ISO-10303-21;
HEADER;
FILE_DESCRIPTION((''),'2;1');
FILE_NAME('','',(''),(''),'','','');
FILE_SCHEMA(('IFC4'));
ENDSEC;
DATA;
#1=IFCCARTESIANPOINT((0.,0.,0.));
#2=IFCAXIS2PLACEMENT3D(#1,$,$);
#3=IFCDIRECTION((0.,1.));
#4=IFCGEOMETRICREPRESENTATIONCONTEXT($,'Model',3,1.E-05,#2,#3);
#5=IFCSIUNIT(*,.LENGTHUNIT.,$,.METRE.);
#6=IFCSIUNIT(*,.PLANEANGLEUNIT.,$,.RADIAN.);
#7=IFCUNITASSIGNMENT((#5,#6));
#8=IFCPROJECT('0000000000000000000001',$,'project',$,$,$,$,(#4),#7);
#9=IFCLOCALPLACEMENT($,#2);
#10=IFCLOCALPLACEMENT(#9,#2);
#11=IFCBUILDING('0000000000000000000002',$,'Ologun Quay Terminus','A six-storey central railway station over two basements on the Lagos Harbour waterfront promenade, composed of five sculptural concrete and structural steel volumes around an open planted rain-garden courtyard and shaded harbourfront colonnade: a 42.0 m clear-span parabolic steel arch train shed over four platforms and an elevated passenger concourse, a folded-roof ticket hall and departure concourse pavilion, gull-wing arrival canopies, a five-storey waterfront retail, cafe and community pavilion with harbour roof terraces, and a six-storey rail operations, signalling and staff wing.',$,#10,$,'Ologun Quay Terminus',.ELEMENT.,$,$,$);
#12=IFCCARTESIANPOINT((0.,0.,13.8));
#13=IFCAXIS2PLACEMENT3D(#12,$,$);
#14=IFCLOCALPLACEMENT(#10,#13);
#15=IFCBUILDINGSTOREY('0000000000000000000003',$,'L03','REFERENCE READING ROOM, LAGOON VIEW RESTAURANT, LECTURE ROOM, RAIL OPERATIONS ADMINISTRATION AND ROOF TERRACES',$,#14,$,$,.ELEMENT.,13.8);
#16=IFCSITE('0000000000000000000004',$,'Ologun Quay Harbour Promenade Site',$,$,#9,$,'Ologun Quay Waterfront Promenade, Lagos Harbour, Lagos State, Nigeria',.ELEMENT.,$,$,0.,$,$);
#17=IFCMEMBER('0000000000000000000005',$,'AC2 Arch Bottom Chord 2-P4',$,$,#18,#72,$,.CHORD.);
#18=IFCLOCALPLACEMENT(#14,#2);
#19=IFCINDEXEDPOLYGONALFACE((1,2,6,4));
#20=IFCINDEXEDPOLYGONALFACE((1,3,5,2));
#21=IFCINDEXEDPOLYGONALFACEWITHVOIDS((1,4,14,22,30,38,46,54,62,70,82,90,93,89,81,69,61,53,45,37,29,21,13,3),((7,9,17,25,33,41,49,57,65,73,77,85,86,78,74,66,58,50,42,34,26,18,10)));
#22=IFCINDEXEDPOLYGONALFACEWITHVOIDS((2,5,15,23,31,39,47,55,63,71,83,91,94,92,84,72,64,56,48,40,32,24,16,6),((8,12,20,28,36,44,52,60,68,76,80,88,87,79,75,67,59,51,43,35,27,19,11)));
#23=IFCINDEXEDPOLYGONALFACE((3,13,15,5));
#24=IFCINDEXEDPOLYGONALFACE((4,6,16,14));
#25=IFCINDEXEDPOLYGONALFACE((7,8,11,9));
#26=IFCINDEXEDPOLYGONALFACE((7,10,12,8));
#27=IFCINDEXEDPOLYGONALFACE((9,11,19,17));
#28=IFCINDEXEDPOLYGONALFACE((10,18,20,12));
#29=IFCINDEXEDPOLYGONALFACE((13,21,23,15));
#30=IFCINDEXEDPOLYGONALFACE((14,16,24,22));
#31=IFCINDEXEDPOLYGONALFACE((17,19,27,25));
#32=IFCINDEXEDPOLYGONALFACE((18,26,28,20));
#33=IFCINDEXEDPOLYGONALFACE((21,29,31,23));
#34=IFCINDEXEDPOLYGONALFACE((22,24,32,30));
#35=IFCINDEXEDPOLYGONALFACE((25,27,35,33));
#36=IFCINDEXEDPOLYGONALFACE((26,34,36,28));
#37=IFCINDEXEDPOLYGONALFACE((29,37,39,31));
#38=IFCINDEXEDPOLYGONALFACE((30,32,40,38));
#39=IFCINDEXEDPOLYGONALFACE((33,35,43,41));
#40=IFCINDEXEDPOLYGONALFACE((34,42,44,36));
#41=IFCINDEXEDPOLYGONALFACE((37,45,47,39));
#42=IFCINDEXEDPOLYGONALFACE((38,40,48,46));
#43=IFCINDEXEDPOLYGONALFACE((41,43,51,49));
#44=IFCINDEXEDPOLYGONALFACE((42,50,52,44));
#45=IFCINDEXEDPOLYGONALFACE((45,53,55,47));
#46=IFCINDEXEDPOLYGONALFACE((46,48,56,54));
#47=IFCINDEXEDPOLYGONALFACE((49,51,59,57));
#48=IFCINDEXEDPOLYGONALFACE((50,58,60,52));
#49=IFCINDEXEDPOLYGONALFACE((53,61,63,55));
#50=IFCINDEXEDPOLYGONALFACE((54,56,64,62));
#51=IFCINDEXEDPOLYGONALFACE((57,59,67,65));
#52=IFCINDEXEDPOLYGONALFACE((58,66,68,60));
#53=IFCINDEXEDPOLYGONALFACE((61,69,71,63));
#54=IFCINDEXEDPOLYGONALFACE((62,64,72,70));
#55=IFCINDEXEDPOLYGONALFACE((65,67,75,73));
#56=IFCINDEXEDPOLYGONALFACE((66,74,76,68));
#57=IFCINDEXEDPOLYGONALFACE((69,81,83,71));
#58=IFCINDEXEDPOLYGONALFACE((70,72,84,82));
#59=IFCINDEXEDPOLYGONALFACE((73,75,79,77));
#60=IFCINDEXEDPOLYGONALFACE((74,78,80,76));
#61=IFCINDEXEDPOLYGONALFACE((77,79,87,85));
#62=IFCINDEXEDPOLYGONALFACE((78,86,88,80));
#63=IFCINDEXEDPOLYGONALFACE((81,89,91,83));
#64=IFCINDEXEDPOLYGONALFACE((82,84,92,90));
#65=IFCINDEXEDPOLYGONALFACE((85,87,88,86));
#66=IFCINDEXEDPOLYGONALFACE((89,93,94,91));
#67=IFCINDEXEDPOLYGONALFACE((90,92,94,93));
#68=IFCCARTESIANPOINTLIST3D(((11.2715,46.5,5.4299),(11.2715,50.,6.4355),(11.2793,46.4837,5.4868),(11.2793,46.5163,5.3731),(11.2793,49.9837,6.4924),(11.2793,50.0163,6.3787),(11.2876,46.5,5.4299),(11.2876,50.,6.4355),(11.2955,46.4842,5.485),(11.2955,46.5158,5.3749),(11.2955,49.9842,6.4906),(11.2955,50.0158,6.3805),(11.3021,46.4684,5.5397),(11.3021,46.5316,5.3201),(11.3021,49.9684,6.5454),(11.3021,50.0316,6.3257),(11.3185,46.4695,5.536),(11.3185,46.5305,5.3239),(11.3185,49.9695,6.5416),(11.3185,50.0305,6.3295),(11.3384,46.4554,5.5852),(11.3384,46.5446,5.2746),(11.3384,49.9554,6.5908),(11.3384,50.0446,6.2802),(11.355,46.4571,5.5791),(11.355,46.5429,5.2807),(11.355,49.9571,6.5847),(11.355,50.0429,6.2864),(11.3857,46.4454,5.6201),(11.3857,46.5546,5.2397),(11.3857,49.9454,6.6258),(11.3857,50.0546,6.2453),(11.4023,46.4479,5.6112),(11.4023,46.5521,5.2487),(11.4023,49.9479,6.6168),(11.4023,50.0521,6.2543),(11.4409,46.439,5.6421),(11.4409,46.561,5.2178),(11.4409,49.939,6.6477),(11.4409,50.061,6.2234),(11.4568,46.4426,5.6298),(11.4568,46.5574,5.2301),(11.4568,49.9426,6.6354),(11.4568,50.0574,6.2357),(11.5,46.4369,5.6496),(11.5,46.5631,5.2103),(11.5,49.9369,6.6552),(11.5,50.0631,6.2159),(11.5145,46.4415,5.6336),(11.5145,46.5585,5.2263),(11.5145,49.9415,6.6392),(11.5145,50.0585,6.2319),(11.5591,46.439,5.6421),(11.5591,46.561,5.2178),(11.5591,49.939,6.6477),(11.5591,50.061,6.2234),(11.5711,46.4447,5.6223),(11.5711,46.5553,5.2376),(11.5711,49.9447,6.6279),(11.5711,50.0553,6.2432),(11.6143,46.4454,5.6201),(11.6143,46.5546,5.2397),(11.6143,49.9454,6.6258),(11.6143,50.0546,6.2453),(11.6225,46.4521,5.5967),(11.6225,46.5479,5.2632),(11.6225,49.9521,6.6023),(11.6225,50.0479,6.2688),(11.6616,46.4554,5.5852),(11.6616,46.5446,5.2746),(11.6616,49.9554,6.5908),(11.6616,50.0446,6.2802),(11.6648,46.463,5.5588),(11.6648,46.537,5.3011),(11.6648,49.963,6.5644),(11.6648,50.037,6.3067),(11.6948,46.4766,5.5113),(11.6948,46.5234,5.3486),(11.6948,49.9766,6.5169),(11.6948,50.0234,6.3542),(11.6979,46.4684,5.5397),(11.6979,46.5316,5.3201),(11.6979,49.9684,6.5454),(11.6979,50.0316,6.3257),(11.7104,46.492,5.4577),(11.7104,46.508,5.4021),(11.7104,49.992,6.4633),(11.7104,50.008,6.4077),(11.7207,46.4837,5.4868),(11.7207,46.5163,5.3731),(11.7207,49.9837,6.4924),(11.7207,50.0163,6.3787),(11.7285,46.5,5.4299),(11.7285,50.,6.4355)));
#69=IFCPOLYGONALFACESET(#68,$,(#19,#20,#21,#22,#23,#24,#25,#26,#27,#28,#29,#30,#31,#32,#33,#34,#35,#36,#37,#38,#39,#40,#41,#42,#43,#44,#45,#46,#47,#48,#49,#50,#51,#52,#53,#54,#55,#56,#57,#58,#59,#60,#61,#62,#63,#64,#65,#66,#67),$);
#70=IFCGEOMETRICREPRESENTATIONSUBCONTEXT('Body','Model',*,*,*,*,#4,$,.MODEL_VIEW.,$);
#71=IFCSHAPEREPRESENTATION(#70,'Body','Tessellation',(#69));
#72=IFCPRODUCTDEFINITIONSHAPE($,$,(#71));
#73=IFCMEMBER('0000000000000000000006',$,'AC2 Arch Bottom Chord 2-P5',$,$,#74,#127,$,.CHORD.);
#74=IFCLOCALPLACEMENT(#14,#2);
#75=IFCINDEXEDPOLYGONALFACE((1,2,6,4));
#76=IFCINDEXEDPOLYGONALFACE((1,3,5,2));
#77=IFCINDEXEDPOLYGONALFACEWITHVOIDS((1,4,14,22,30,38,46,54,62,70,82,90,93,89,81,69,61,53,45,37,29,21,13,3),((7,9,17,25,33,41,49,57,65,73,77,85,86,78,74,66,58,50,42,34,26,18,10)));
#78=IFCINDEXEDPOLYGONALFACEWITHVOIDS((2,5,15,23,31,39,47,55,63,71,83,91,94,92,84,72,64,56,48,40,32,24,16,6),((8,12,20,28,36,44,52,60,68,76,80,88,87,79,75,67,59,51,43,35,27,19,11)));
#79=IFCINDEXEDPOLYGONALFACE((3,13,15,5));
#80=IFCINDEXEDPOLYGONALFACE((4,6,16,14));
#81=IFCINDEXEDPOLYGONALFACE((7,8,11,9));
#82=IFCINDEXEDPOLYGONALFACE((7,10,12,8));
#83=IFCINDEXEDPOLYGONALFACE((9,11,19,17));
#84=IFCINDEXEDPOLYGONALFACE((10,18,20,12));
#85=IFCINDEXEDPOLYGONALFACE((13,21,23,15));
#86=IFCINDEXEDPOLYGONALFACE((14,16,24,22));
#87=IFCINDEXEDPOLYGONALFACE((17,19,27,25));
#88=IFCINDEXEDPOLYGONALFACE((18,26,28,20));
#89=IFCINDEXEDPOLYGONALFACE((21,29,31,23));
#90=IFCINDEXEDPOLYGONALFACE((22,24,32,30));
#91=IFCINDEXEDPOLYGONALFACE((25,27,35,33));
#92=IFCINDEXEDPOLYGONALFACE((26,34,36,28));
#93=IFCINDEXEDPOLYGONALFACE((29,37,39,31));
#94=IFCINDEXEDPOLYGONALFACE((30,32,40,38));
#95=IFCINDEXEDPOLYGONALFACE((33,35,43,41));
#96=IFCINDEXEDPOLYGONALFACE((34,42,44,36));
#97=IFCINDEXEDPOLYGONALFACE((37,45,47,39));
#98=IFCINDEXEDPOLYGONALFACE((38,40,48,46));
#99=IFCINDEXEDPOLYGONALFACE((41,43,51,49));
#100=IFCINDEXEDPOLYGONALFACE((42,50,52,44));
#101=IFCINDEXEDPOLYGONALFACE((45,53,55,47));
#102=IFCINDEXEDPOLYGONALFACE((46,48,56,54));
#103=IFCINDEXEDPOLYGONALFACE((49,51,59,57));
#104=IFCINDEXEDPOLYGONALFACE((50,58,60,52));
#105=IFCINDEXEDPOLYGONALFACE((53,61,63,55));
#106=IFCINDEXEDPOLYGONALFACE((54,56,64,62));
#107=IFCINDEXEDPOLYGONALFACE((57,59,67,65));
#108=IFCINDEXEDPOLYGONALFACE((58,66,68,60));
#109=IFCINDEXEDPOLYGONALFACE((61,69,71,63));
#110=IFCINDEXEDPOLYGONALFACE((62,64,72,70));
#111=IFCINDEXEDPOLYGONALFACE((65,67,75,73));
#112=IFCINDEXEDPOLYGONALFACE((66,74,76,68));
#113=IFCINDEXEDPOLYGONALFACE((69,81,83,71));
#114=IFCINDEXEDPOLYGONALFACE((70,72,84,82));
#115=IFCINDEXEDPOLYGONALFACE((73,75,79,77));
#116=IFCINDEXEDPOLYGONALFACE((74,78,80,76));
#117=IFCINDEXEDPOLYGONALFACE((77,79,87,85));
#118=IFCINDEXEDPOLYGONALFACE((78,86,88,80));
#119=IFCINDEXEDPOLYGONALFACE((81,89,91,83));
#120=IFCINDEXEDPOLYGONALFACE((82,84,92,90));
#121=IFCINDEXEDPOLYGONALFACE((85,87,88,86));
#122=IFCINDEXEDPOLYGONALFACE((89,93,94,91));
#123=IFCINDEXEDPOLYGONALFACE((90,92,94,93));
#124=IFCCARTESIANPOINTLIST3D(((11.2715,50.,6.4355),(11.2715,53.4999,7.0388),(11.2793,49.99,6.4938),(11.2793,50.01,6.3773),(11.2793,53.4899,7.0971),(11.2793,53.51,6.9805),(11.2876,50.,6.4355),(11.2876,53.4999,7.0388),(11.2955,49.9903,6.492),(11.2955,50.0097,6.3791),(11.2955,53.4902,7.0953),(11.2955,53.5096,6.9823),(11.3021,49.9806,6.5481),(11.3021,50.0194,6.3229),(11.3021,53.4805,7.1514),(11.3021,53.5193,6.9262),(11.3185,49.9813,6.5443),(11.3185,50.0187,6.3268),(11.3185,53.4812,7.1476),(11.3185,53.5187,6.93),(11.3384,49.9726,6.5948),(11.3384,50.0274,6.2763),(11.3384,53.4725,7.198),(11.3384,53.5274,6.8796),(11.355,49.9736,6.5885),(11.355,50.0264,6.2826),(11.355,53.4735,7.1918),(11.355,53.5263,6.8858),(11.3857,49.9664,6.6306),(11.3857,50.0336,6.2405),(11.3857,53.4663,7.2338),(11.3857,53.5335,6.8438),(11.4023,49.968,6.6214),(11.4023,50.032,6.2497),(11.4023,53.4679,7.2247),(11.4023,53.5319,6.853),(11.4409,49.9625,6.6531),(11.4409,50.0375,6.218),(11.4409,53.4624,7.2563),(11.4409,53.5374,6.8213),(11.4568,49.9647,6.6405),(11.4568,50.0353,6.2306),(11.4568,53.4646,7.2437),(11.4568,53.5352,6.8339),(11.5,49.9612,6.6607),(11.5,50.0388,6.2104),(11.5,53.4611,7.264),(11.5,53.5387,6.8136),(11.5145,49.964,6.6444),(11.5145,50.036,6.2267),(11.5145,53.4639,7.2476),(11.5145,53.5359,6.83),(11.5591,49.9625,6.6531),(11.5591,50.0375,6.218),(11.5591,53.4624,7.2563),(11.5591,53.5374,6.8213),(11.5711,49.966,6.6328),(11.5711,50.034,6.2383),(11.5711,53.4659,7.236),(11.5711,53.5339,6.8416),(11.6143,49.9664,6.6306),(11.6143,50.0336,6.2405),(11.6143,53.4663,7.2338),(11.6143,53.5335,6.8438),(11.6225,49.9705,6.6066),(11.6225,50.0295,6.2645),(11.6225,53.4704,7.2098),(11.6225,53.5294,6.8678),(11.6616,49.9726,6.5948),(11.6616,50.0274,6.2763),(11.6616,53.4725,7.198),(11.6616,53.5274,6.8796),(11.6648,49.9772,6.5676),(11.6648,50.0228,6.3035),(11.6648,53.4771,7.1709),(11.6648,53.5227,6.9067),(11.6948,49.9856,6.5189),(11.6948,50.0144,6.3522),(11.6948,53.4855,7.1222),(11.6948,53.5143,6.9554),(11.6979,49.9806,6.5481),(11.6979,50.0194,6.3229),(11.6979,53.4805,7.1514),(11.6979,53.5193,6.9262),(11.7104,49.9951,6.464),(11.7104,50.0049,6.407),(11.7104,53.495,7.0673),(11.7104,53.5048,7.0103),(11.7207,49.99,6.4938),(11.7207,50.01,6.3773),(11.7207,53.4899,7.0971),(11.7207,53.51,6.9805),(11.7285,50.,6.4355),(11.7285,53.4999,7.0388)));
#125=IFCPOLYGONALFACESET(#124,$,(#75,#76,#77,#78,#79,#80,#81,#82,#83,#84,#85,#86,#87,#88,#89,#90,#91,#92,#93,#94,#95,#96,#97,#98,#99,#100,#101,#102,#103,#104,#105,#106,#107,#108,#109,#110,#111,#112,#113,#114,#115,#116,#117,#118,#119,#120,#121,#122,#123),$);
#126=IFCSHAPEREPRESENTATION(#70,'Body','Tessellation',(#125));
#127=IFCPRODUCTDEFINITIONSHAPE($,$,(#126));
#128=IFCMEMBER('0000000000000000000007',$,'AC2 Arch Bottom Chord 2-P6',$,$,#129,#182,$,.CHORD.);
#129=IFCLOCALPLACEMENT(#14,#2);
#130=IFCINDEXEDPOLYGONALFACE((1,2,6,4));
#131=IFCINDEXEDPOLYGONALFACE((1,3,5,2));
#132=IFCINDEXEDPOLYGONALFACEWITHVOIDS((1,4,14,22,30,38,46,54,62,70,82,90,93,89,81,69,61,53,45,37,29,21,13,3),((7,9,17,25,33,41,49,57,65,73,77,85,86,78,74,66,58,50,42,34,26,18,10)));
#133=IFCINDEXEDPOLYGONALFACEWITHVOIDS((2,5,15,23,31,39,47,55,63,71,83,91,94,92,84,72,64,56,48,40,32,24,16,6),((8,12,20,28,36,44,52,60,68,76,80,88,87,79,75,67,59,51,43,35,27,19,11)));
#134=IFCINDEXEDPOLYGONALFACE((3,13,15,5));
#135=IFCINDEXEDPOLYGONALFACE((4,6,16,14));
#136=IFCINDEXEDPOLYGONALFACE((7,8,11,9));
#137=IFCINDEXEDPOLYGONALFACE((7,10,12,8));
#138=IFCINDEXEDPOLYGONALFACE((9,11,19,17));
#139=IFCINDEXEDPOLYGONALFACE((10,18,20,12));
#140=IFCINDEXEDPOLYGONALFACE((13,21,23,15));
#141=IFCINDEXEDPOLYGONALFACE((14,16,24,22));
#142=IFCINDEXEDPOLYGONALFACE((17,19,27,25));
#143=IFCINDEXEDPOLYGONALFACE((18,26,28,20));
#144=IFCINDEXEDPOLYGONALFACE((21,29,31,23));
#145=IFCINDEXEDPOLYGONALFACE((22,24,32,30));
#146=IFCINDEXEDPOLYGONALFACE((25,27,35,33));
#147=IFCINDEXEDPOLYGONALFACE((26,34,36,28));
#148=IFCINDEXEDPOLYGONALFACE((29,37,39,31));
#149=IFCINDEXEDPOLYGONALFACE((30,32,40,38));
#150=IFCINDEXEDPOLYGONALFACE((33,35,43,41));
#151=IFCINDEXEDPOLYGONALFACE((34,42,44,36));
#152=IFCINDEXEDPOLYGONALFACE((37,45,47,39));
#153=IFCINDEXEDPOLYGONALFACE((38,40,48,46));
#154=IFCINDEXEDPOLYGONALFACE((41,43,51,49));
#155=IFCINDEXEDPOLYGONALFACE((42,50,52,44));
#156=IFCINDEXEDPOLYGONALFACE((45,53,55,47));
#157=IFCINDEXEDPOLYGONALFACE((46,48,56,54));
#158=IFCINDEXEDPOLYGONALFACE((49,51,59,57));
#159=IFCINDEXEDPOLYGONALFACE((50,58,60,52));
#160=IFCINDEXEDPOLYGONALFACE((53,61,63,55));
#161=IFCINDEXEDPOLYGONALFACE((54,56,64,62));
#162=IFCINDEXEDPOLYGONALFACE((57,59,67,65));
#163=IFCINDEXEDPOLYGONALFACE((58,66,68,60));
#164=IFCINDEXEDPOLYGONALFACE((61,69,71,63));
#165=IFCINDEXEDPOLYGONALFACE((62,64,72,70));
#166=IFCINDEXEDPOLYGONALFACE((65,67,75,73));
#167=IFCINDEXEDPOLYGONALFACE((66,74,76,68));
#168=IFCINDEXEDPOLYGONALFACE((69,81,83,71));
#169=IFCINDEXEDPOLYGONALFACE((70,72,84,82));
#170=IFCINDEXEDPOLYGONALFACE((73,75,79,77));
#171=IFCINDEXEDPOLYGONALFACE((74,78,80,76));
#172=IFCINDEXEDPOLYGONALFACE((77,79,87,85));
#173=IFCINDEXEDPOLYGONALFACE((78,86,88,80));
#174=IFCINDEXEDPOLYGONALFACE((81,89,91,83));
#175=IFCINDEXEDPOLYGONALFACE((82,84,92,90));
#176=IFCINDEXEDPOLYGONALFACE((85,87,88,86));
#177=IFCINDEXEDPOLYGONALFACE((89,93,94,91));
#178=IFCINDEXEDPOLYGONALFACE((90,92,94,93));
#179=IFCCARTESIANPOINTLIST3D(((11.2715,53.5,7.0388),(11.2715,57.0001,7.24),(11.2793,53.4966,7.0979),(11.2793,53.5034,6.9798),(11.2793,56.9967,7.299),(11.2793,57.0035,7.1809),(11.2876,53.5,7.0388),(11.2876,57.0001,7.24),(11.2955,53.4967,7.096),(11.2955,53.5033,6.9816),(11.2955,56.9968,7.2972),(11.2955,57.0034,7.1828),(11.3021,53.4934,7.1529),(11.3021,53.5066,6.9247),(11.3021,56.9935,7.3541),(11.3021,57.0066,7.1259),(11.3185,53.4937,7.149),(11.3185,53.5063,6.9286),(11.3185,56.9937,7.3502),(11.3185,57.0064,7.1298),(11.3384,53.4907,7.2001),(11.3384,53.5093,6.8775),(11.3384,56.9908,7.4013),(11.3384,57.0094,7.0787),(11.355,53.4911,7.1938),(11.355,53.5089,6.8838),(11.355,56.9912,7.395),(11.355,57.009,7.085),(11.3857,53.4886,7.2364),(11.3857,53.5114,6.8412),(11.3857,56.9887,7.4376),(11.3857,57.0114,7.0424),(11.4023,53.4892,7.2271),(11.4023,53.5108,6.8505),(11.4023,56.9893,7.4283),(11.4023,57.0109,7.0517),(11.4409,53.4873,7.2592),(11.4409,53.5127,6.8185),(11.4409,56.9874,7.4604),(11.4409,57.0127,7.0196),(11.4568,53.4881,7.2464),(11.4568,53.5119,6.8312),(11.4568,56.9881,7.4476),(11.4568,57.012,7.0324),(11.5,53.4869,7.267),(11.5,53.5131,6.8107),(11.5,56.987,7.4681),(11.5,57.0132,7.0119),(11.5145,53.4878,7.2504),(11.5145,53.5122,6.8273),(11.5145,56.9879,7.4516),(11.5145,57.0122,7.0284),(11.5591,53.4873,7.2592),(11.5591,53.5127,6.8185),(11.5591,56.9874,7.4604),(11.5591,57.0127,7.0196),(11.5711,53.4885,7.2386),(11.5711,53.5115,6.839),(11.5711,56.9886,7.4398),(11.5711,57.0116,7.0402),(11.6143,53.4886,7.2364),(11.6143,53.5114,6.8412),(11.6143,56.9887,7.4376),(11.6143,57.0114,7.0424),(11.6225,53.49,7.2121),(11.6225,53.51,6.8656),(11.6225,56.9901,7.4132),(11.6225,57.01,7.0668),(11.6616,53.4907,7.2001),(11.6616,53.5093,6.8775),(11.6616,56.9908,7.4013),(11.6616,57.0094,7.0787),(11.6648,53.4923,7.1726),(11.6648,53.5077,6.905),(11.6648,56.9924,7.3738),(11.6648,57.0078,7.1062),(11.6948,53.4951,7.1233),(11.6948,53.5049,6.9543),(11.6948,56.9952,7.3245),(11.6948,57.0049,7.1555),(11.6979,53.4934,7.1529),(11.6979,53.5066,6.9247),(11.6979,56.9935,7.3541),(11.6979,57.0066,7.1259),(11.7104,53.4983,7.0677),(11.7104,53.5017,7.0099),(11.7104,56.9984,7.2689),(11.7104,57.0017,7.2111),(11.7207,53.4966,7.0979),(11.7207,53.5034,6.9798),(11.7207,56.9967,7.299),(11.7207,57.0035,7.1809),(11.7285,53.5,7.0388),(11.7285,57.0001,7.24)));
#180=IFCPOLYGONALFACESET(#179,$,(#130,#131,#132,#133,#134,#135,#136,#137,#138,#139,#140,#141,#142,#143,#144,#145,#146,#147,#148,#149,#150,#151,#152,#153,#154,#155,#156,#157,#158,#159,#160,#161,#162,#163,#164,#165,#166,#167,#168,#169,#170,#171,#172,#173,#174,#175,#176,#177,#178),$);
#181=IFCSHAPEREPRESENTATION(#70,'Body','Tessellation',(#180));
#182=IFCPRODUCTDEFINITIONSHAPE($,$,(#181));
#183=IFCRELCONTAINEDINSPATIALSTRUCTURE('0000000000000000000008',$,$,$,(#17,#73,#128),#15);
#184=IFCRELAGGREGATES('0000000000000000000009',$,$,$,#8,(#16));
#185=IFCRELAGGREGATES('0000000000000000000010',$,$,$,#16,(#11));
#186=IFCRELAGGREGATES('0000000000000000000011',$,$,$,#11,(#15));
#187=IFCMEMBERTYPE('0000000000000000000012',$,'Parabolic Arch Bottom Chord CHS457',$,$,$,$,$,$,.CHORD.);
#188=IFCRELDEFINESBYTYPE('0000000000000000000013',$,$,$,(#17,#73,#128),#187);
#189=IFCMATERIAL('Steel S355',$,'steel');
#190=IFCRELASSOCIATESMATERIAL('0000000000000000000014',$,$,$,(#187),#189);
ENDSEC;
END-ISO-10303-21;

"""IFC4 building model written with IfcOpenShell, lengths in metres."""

from ifc_helpers import new_model, si_unit, direction, frame, origin, origin_2d, place, context, subcontext, project, spatial, hollow_circle, extrude, material, material_profile, profile_set, type_object, element, save


model = new_model("IFC4")

# Units and contexts
model_context = context("Model", 3, precision=1e-05, world=origin(), true_north=direction((0.0, 1.0)))
body_context = subcontext(model_context, "Body", "Model", "MODEL_VIEW")
ifc_project = project(units=[si_unit("LENGTHUNIT", "METRE"), si_unit("PLANEANGLEUNIT", "RADIAN")], contexts=[model_context])

# Site, building, storey
site_placement = place(None, origin())
site = spatial("IfcSite", under=ifc_project, at=site_placement, Name="Ologun Quay Harbour Promenade Site", LongName="Ologun Quay Waterfront Promenade, Lagos Harbour, Lagos State, Nigeria", CompositionType="ELEMENT", RefElevation=0.0)
building_placement = place(site_placement, origin())
building = spatial("IfcBuilding", under=site, at=building_placement, Name="Ologun Quay Terminus", Description="A six-storey central railway station over two basements on the Lagos Harbour waterfront promenade, composed of five sculptural concrete and structural steel volumes around an open planted rain-garden courtyard and shaded harbourfront colonnade: a 42.0 m clear-span parabolic steel arch train shed over four platforms and an elevated passenger concourse, a folded-roof ticket hall and departure concourse pavilion, gull-wing arrival canopies, a five-storey waterfront retail, cafe and community pavilion with harbour roof terraces, and a six-storey rail operations, signalling and staff wing.", LongName="Ologun Quay Terminus", CompositionType="ELEMENT")
storey_placement = place(building_placement, frame((0.0, 0.0, 13.8)))
storey = spatial("IfcBuildingStorey", under=building, at=storey_placement, Name="L03", Description="REFERENCE READING ROOM, LAGOON VIEW RESTAURANT, LECTURE ROOM, RAIL OPERATIONS ADMINISTRATION AND ROOF TERRACES", CompositionType="ELEMENT", Elevation=13.8)

# Members
ifc_material_1 = material(Name="Steel S355", Category="steel")
ifc_material_profile_1 = material_profile(ifc_material_1, hollow_circle(Radius=0.2285, WallThickness=0.0161, at=origin_2d()), Name="CHS 457x16")
ifc_profile_set_1 = profile_set([ifc_material_profile_1], Name="Steel S355")
member_type_1 = type_object("IfcMemberType", Name="Parabolic Arch Bottom Chord CHS457", PredefinedType="CHORD", material=ifc_profile_set_1)
member_1_placement = place(storey_placement, frame((11.5, 46.5, 5.4299), z_axis=(0.0, 0.961116, 0.276146), x_axis=(-1.0, 0.0, 0.0)))
element("IfcMember", 1, at=member_1_placement, inside=storey, type_object=member_type_1, Name="AC2 Arch Bottom Chord 2-P4", PredefinedType="CHORD", context=body_context, shape_type="SweptSolid", body=[
    extrude(hollow_circle(Radius=0.2285, WallThickness=0.0161, at=origin_2d()), origin(), (0.0, 0.0, 1.0), 3.6416),
])
member_2_placement = place(storey_placement, frame((11.5, 50.0, 6.4355), z_axis=(0.0, 0.985468, 0.169859), x_axis=(-1.0, 0.0, 0.0)))
element("IfcMember", 2, at=member_2_placement, inside=storey, type_object=member_type_1, Name="AC2 Arch Bottom Chord 2-P5", PredefinedType="CHORD", context=body_context, shape_type="SweptSolid", body=[
    extrude(hollow_circle(Radius=0.2285, WallThickness=0.0161, at=origin_2d()), origin(), (0.0, 0.0, 1.0), 3.5515),
])
member_3_placement = place(storey_placement, frame((11.5, 53.5, 7.0388), z_axis=(0.0, 0.998352, 0.057383), x_axis=(-1.0, 0.0, 0.0)))
element("IfcMember", 3, at=member_3_placement, inside=storey, type_object=member_type_1, Name="AC2 Arch Bottom Chord 2-P6", PredefinedType="CHORD", context=body_context, shape_type="SweptSolid", body=[
    extrude(hollow_circle(Radius=0.2285, WallThickness=0.0161, at=origin_2d()), origin(), (0.0, 0.0, 1.0), 3.5059),
])

save(model, "model.ifc")
